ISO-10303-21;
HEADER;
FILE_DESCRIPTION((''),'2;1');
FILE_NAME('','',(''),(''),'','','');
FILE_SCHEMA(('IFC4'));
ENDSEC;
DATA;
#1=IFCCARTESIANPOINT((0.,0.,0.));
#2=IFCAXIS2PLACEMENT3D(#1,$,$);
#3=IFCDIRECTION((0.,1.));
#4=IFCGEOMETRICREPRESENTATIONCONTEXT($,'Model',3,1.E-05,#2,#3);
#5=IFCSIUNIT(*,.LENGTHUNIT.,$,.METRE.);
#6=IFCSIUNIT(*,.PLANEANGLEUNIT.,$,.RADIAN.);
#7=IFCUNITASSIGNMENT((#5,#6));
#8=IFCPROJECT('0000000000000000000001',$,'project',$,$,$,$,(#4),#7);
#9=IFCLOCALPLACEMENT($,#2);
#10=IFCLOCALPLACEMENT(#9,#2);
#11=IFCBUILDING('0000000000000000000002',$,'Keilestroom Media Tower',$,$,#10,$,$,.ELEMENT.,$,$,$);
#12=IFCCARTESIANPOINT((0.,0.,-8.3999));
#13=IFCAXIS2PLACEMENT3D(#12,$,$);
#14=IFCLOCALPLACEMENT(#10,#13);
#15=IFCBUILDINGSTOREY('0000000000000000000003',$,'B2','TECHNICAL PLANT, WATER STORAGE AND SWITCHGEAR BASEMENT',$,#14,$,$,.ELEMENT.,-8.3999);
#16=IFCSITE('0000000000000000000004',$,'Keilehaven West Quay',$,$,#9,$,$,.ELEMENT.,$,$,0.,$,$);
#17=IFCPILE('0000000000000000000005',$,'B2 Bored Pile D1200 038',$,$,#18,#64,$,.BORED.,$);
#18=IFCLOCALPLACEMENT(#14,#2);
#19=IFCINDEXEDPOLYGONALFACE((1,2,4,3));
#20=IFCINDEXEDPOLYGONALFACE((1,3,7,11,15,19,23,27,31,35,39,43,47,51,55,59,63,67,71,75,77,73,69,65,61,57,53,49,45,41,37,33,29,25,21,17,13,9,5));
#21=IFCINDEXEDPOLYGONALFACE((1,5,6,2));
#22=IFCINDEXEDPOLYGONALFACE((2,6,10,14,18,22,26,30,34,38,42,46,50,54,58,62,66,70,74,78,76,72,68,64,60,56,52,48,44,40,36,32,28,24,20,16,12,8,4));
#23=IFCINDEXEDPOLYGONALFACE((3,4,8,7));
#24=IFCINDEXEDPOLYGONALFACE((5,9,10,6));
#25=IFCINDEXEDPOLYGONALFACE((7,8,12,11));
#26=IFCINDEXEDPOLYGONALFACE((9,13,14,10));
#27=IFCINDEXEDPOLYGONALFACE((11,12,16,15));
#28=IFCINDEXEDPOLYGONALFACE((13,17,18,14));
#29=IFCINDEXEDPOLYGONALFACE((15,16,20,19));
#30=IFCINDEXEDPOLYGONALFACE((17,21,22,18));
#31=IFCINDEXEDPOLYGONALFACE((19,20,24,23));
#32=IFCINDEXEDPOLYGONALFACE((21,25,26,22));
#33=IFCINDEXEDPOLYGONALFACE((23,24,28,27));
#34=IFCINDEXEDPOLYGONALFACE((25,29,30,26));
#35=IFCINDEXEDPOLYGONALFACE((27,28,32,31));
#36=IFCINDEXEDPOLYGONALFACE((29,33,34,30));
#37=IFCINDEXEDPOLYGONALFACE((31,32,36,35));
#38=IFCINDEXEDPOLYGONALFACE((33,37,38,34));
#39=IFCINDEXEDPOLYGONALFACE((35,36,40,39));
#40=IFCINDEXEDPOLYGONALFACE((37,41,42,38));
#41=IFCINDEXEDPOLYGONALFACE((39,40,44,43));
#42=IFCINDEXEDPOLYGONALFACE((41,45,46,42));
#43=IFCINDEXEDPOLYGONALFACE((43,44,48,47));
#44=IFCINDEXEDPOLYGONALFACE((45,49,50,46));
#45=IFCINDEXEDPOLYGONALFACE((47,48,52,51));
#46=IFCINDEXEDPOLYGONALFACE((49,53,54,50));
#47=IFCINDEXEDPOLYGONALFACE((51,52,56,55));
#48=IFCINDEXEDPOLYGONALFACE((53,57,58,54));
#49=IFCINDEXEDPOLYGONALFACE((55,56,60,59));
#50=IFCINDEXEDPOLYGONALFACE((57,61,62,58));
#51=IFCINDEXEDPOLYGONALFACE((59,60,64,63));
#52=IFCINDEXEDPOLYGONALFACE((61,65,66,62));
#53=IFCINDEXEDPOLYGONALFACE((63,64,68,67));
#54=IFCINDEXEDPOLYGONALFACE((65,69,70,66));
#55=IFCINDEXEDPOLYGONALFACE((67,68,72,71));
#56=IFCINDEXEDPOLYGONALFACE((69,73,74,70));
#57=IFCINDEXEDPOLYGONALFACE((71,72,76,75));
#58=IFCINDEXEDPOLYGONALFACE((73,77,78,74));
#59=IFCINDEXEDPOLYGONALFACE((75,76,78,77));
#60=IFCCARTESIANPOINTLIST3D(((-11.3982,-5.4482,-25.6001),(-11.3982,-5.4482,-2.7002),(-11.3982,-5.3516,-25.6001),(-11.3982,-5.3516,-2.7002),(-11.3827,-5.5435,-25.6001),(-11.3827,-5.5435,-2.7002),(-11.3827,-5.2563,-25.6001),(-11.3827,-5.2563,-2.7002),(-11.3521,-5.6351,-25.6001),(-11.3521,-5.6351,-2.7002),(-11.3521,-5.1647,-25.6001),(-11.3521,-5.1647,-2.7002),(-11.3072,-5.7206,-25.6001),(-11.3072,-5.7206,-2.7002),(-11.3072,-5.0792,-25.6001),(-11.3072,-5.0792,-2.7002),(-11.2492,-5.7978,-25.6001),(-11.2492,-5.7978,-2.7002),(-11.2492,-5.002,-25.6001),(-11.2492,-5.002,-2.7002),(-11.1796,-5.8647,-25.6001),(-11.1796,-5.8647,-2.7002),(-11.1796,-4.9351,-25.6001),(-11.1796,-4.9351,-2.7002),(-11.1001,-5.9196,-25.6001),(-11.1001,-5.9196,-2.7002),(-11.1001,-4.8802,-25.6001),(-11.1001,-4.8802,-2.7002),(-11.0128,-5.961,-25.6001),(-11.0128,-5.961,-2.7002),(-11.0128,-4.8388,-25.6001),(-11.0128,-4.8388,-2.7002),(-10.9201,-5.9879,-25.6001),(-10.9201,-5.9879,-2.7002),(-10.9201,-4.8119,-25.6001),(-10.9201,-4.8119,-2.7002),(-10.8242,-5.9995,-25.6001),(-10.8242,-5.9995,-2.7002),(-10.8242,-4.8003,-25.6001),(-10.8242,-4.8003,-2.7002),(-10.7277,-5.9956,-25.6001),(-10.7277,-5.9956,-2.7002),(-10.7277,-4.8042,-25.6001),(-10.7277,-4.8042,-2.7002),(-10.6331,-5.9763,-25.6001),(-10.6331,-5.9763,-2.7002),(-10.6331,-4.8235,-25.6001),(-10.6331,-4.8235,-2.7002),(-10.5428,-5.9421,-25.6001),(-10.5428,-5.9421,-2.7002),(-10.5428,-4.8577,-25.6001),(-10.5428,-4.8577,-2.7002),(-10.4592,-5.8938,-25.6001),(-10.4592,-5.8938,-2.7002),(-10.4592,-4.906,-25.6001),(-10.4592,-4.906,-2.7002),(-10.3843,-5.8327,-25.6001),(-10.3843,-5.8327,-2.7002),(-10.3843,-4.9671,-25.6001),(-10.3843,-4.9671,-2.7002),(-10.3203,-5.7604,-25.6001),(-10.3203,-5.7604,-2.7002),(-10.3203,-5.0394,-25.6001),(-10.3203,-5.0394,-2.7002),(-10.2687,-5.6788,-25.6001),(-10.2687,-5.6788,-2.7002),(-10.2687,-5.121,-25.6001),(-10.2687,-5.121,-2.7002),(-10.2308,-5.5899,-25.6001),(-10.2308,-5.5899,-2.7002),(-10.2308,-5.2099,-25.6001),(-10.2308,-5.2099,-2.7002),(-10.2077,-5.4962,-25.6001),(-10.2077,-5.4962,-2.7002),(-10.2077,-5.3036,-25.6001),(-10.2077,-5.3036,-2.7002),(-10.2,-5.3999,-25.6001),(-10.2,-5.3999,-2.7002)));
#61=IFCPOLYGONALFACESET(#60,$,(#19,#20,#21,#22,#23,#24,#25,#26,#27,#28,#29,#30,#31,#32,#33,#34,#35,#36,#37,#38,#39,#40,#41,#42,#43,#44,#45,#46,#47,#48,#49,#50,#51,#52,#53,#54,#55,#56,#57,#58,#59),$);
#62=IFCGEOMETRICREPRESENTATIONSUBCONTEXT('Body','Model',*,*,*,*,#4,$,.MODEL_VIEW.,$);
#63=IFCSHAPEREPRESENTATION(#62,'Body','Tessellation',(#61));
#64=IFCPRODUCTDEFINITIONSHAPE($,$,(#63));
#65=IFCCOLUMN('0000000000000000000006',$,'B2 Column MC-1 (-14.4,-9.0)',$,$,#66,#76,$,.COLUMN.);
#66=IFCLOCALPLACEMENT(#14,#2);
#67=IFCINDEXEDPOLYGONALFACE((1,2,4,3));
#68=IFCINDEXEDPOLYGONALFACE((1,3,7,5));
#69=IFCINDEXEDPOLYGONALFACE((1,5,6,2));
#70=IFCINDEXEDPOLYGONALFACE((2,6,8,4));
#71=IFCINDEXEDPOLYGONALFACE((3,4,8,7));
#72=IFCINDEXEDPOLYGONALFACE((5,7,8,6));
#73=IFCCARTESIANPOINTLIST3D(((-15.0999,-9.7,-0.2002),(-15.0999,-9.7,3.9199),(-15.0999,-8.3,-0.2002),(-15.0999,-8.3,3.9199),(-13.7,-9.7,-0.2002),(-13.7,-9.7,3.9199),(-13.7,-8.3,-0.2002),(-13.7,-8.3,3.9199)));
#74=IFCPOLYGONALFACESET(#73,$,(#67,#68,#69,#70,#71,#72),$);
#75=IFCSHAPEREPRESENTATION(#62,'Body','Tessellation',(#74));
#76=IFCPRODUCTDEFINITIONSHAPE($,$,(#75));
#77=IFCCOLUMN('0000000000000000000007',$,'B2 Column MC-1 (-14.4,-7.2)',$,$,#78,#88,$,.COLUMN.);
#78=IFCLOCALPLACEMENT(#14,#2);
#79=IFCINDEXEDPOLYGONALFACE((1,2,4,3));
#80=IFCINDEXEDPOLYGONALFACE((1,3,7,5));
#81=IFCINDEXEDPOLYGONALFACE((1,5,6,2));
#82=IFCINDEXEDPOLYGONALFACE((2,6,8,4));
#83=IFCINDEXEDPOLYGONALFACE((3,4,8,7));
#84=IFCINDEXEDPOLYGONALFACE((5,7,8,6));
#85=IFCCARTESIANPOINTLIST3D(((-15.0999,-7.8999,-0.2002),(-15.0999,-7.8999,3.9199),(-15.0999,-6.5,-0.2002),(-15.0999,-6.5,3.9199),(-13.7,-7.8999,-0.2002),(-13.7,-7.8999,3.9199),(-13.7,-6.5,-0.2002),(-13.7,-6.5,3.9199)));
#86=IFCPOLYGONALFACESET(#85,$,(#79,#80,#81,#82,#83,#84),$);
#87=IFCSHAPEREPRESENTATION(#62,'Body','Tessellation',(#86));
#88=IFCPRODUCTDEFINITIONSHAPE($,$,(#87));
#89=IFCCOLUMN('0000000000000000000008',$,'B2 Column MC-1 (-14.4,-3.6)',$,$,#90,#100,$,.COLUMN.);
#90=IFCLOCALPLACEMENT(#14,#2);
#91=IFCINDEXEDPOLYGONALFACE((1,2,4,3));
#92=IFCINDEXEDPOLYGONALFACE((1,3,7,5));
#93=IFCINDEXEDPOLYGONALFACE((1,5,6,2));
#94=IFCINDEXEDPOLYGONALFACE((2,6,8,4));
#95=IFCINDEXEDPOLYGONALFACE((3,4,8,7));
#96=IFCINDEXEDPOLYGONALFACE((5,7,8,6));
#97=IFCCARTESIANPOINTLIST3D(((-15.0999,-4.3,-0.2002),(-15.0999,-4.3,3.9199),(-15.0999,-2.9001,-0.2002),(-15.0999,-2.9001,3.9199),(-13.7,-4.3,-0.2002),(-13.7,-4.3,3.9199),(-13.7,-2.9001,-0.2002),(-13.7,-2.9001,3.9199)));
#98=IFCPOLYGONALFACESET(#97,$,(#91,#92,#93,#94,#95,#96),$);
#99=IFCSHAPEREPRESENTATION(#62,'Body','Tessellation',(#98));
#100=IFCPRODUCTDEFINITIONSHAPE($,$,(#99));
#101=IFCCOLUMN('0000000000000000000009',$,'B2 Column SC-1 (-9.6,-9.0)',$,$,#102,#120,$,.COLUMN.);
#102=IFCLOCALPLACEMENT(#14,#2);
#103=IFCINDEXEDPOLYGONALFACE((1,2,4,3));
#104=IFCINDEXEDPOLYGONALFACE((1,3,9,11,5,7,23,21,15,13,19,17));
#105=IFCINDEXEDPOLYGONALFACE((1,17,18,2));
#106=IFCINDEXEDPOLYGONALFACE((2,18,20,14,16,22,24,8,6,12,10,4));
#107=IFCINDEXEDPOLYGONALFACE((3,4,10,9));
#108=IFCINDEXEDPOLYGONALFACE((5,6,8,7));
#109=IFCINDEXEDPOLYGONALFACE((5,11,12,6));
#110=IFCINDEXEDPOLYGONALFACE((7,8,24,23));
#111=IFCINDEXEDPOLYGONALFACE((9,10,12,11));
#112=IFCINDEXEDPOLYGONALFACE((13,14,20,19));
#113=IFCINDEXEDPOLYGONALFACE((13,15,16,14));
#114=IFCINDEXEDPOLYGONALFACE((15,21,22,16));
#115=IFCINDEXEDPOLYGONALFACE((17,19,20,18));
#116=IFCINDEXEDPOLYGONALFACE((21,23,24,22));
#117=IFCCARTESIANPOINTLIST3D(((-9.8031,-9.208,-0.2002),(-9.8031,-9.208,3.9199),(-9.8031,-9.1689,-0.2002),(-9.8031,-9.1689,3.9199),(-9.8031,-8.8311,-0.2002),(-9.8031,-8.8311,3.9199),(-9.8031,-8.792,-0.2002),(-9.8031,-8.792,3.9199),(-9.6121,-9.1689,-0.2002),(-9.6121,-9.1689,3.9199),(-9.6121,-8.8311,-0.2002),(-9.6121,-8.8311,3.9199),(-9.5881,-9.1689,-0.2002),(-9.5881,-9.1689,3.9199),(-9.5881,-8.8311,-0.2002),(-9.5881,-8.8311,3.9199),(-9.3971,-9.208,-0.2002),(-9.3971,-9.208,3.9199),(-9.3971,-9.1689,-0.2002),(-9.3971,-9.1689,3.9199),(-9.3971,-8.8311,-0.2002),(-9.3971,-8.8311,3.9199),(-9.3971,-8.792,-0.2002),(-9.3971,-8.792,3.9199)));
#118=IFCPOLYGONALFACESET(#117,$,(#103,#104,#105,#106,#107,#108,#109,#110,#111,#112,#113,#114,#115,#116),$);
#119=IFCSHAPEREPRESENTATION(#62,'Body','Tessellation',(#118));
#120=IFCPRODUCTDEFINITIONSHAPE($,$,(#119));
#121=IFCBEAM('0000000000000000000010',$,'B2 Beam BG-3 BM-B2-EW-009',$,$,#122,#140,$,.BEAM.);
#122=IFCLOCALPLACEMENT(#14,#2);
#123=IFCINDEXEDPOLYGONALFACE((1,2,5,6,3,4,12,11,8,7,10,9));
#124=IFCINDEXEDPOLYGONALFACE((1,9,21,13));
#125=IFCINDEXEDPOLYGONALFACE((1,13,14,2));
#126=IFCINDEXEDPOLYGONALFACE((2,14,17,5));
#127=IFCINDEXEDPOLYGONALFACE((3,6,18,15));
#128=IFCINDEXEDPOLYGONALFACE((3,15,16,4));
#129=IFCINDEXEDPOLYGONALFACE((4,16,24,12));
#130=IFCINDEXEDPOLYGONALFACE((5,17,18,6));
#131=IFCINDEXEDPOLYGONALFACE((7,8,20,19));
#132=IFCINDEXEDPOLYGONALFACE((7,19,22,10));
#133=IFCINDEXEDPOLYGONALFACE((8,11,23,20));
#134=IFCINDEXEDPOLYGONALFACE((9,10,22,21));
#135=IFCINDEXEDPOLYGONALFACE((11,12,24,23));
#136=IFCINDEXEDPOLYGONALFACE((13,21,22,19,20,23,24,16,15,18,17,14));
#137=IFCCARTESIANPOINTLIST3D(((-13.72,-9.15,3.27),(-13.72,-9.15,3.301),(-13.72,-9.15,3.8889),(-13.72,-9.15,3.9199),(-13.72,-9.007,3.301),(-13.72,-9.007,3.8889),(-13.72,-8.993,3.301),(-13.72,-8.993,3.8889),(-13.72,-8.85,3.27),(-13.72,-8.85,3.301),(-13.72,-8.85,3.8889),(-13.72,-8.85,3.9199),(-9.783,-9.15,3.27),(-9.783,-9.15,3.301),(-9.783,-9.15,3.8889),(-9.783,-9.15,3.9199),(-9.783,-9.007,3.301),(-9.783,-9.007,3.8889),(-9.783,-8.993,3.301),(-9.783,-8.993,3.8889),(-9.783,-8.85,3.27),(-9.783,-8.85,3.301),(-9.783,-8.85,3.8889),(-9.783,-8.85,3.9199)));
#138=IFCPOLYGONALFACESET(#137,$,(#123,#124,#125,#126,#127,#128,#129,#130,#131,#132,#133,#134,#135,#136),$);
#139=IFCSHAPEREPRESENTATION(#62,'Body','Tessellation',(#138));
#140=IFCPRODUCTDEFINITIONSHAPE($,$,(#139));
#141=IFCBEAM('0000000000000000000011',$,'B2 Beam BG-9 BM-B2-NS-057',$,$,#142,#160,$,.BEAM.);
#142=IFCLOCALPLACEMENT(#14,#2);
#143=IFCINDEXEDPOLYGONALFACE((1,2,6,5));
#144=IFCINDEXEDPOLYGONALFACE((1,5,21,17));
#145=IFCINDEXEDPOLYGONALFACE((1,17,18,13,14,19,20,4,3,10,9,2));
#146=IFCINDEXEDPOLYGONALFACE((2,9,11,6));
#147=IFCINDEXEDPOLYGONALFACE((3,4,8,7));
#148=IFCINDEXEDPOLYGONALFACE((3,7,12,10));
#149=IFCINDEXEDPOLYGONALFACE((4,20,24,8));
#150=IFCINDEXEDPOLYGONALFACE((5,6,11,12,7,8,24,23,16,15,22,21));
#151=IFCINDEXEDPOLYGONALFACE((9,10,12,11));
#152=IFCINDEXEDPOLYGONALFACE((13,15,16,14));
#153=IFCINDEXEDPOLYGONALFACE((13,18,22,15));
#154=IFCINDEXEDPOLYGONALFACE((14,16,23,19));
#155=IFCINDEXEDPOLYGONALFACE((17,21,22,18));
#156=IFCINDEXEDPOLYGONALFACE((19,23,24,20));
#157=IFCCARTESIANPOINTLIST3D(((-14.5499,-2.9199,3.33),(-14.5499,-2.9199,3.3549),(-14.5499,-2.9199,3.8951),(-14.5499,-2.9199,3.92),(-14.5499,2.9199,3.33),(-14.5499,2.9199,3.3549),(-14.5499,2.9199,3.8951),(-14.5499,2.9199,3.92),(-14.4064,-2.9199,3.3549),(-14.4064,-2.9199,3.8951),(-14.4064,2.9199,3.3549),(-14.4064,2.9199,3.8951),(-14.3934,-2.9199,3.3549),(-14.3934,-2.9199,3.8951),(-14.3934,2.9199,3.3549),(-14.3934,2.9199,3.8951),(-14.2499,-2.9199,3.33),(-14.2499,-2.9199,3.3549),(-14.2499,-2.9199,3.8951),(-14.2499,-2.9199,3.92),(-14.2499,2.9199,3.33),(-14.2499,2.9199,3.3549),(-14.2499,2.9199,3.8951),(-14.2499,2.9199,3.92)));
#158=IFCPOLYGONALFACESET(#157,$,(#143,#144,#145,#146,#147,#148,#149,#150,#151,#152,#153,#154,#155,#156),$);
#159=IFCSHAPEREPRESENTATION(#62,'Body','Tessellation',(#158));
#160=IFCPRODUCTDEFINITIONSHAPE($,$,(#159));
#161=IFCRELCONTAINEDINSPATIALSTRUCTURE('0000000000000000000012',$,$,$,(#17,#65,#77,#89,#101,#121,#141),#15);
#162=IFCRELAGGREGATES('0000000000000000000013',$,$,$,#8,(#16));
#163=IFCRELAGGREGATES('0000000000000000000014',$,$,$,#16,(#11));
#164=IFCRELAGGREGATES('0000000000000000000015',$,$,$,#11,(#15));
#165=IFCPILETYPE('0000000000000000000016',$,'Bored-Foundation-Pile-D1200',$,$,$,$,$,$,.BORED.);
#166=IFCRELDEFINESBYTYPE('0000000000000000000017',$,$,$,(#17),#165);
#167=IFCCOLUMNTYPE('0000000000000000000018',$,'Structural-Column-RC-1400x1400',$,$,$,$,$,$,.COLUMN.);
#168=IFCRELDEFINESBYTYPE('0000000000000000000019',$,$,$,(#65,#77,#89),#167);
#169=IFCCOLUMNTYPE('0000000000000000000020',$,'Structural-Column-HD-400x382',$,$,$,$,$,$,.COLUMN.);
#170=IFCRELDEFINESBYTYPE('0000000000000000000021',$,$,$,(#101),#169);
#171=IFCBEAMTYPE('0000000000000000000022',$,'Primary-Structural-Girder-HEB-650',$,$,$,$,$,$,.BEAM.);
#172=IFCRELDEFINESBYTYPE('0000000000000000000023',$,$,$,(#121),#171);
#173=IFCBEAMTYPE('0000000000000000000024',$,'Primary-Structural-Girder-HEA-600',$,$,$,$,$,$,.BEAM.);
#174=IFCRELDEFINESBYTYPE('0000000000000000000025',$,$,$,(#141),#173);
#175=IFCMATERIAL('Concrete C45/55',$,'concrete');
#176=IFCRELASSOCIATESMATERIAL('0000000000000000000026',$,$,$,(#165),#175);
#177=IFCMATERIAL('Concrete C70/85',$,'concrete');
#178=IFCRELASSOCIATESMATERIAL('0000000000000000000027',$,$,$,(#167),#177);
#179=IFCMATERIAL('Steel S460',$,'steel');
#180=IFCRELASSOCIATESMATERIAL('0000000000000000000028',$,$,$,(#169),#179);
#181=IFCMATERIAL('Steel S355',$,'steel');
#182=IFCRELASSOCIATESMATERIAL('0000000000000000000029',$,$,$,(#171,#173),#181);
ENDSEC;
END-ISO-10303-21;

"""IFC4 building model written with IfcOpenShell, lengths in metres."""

from ifc_helpers import new_model, si_unit, direction, frame, origin, origin_2d, place, context, subcontext, project, spatial, rectangle, circle, i_section, extrude, source, transform, mapped, material, material_profile, profile_set, type_object, element, save


model = new_model("IFC4")

# Units and contexts
model_context = context("Model", 3, precision=1e-05, world=origin(), true_north=direction((0.0, 1.0)))
body_context = subcontext(model_context, "Body", "Model", "MODEL_VIEW")
ifc_project = project(units=[si_unit("LENGTHUNIT", "METRE"), si_unit("PLANEANGLEUNIT", "RADIAN")], contexts=[model_context])

# Site, building, storey
site_placement = place(None, origin())
site = spatial("IfcSite", under=ifc_project, at=site_placement, Name="Keilehaven West Quay", CompositionType="ELEMENT", RefElevation=0.0)
building_placement = place(site_placement, origin())
building = spatial("IfcBuilding", under=site, at=building_placement, Name="Keilestroom Media Tower", CompositionType="ELEMENT")
storey_placement = place(building_placement, frame((0.0, 0.0, -8.3999)))
storey = spatial("IfcBuildingStorey", under=building, at=storey_placement, Name="B2", Description="TECHNICAL PLANT, WATER STORAGE AND SWITCHGEAR BASEMENT", CompositionType="ELEMENT", Elevation=-8.3999)

# Pile
ifc_material_1 = material(Name="Concrete C45/55", Category="concrete")
ifc_material_profile_1 = material_profile(ifc_material_1, circle(Radius=0.6001, at=origin_2d()), Name="BORED PILE D1200")
ifc_profile_set_1 = profile_set([ifc_material_profile_1], Name="Concrete C45/55")
pile_type = type_object("IfcPileType", Name="Bored-Foundation-Pile-D1200", PredefinedType="BORED", material=ifc_profile_set_1)
shared_shape_1 = source(origin(), body_context, "Body", "SweptSolid", [
    extrude(circle(Radius=0.6001, at=origin_2d()), origin(), (0.0, 0.0, 1.0), 22.8999),
])
for number, where, z_axis, x_axis, name in (
    (1, (-10.8, -5.3999, -2.7002), (0.0, 0.0, -1.0), (1.0, 0.0, 0.0), "B2 Bored Pile D1200 038"),
):
    element("IfcPile", number, at=place(storey_placement, frame(where, z_axis=z_axis, x_axis=x_axis)), inside=storey, type_object=pile_type, Name=name, PredefinedType="BORED", context=body_context, shape_type="MappedRepresentation", body=[
        mapped(shared_shape_1, transform((0.0, 0.0, 0.0), x_axis=(1.0, 0.0, 0.0), y_axis=(0.0, 1.0, 0.0), z_axis=(0.0, 0.0, 1.0), scale=1.0)),
    ])

# Columns
ifc_material_2 = material(Name="Concrete C70/85", Category="concrete")
ifc_material_profile_2 = material_profile(ifc_material_2, rectangle(XDim=1.3999, YDim=1.3999, at=origin_2d()), Name="RC 1400x1400")
ifc_profile_set_2 = profile_set([ifc_material_profile_2], Name="Concrete C70/85")
column_type_1 = type_object("IfcColumnType", Name="Structural-Column-RC-1400x1400", PredefinedType="COLUMN", material=ifc_profile_set_2)
shared_shape_2 = source(origin(), body_context, "Body", "SweptSolid", [
    extrude(rectangle(XDim=1.3999, YDim=1.3999, at=origin_2d()), origin(), (0.0, 0.0, 1.0), 4.1201),
])
for number, where, z_axis, x_axis, name in (
    (2, (-14.3999, -9.0, -0.2002), (0.0, 0.0, 1.0), (1.0, 0.0, 0.0), "B2 Column MC-1 (-14.4,-9.0)"),
    (3, (-14.3999, -7.2, -0.2002), (0.0, 0.0, 1.0), (1.0, 0.0, 0.0), "B2 Column MC-1 (-14.4,-7.2)"),
    (4, (-14.3999, -3.6001, -0.2002), (0.0, 0.0, 1.0), (1.0, 0.0, 0.0), "B2 Column MC-1 (-14.4,-3.6)"),
):
    element("IfcColumn", number, at=place(storey_placement, frame(where, z_axis=z_axis, x_axis=x_axis)), inside=storey, type_object=column_type_1, Name=name, PredefinedType="COLUMN", context=body_context, shape_type="MappedRepresentation", body=[
        mapped(shared_shape_2, transform((0.0, 0.0, 0.0), x_axis=(1.0, 0.0, 0.0), y_axis=(0.0, 1.0, 0.0), z_axis=(0.0, 0.0, 1.0), scale=1.0)),
    ])
ifc_material_3 = material(Name="Steel S460", Category="steel")
ifc_material_profile_3 = material_profile(ifc_material_3, i_section(OverallWidth=0.406, OverallDepth=0.416, WebThickness=0.0239, FlangeThickness=0.0391, at=origin_2d()), Name="HD 400x382")
ifc_profile_set_3 = profile_set([ifc_material_profile_3], Name="Steel S460")
column_type_2 = type_object("IfcColumnType", Name="Structural-Column-HD-400x382", PredefinedType="COLUMN", material=ifc_profile_set_3)
shared_shape_3 = source(origin(), body_context, "Body", "SweptSolid", [
    extrude(i_section(OverallWidth=0.406, OverallDepth=0.416, WebThickness=0.0239, FlangeThickness=0.0391, at=origin_2d()), origin(), (0.0, 0.0, 1.0), 4.1201),
])
column_placement = place(storey_placement, frame((-9.6001, -9.0, -0.2002), z_axis=(0.0, 0.0, 1.0), x_axis=(1.0, 0.0, 0.0)))
element("IfcColumn", 5, at=column_placement, inside=storey, type_object=column_type_2, Name="B2 Column SC-1 (-9.6,-9.0)", PredefinedType="COLUMN", context=body_context, shape_type="MappedRepresentation", body=[
    mapped(shared_shape_3, transform((0.0, 0.0, 0.0), x_axis=(1.0, 0.0, 0.0), y_axis=(0.0, 1.0, 0.0), z_axis=(0.0, 0.0, 1.0), scale=1.0)),
])

# Beams
ifc_material_4 = material(Name="Steel S355", Category="steel")
ifc_material_profile_4 = material_profile(ifc_material_4, i_section(OverallWidth=0.3, OverallDepth=0.6499, WebThickness=0.0139, FlangeThickness=0.031, at=origin_2d()), Name="HEB 650")
ifc_profile_set_4 = profile_set([ifc_material_profile_4], Name="Steel S355")
beam_type_1 = type_object("IfcBeamType", Name="Primary-Structural-Girder-HEB-650", PredefinedType="BEAM", material=ifc_profile_set_4)
shared_shape_4 = source(origin(), body_context, "Body", "SweptSolid", [
    extrude(i_section(OverallWidth=0.3, OverallDepth=0.6499, WebThickness=0.0139, FlangeThickness=0.031, at=origin_2d()), origin(), (0.0, 0.0, 1.0), 3.937),
])
beam_1_placement = place(storey_placement, frame((-13.72, -9.0, 3.595), z_axis=(1.0, 0.0, 0.0), x_axis=(0.0, 1.0, 0.0)))
element("IfcBeam", 6, at=beam_1_placement, inside=storey, type_object=beam_type_1, Name="B2 Beam BG-3 BM-B2-EW-009", PredefinedType="BEAM", context=body_context, shape_type="MappedRepresentation", body=[
    mapped(shared_shape_4, transform((0.0, 0.0, 0.0), x_axis=(1.0, 0.0, 0.0), y_axis=(0.0, 1.0, 0.0), z_axis=(0.0, 0.0, 1.0), scale=1.0)),
])
ifc_material_profile_5 = material_profile(ifc_material_4, i_section(OverallWidth=0.3, OverallDepth=0.5901, WebThickness=0.0129, FlangeThickness=0.0249, at=origin_2d()), Name="HEA 600")
ifc_profile_set_5 = profile_set([ifc_material_profile_5], Name="Steel S355")
beam_type_2 = type_object("IfcBeamType", Name="Primary-Structural-Girder-HEA-600", PredefinedType="BEAM", material=ifc_profile_set_5)
shared_shape_5 = source(origin(), body_context, "Body", "SweptSolid", [
    extrude(i_section(OverallWidth=0.3, OverallDepth=0.5901, WebThickness=0.0129, FlangeThickness=0.0249, at=origin_2d()), origin(), (0.0, 0.0, 1.0), 5.8398),
])
beam_2_placement = place(storey_placement, frame((-14.3999, -2.9199, 3.625), z_axis=(0.0, 1.0, 0.0), x_axis=(-1.0, 0.0, 0.0)))
element("IfcBeam", 7, at=beam_2_placement, inside=storey, type_object=beam_type_2, Name="B2 Beam BG-9 BM-B2-NS-057", PredefinedType="BEAM", context=body_context, shape_type="MappedRepresentation", body=[
    mapped(shared_shape_5, transform((0.0, 0.0, 0.0), x_axis=(1.0, 0.0, 0.0), y_axis=(0.0, 1.0, 0.0), z_axis=(0.0, 0.0, 1.0), scale=1.0)),
])

save(model, "model.ifc")
